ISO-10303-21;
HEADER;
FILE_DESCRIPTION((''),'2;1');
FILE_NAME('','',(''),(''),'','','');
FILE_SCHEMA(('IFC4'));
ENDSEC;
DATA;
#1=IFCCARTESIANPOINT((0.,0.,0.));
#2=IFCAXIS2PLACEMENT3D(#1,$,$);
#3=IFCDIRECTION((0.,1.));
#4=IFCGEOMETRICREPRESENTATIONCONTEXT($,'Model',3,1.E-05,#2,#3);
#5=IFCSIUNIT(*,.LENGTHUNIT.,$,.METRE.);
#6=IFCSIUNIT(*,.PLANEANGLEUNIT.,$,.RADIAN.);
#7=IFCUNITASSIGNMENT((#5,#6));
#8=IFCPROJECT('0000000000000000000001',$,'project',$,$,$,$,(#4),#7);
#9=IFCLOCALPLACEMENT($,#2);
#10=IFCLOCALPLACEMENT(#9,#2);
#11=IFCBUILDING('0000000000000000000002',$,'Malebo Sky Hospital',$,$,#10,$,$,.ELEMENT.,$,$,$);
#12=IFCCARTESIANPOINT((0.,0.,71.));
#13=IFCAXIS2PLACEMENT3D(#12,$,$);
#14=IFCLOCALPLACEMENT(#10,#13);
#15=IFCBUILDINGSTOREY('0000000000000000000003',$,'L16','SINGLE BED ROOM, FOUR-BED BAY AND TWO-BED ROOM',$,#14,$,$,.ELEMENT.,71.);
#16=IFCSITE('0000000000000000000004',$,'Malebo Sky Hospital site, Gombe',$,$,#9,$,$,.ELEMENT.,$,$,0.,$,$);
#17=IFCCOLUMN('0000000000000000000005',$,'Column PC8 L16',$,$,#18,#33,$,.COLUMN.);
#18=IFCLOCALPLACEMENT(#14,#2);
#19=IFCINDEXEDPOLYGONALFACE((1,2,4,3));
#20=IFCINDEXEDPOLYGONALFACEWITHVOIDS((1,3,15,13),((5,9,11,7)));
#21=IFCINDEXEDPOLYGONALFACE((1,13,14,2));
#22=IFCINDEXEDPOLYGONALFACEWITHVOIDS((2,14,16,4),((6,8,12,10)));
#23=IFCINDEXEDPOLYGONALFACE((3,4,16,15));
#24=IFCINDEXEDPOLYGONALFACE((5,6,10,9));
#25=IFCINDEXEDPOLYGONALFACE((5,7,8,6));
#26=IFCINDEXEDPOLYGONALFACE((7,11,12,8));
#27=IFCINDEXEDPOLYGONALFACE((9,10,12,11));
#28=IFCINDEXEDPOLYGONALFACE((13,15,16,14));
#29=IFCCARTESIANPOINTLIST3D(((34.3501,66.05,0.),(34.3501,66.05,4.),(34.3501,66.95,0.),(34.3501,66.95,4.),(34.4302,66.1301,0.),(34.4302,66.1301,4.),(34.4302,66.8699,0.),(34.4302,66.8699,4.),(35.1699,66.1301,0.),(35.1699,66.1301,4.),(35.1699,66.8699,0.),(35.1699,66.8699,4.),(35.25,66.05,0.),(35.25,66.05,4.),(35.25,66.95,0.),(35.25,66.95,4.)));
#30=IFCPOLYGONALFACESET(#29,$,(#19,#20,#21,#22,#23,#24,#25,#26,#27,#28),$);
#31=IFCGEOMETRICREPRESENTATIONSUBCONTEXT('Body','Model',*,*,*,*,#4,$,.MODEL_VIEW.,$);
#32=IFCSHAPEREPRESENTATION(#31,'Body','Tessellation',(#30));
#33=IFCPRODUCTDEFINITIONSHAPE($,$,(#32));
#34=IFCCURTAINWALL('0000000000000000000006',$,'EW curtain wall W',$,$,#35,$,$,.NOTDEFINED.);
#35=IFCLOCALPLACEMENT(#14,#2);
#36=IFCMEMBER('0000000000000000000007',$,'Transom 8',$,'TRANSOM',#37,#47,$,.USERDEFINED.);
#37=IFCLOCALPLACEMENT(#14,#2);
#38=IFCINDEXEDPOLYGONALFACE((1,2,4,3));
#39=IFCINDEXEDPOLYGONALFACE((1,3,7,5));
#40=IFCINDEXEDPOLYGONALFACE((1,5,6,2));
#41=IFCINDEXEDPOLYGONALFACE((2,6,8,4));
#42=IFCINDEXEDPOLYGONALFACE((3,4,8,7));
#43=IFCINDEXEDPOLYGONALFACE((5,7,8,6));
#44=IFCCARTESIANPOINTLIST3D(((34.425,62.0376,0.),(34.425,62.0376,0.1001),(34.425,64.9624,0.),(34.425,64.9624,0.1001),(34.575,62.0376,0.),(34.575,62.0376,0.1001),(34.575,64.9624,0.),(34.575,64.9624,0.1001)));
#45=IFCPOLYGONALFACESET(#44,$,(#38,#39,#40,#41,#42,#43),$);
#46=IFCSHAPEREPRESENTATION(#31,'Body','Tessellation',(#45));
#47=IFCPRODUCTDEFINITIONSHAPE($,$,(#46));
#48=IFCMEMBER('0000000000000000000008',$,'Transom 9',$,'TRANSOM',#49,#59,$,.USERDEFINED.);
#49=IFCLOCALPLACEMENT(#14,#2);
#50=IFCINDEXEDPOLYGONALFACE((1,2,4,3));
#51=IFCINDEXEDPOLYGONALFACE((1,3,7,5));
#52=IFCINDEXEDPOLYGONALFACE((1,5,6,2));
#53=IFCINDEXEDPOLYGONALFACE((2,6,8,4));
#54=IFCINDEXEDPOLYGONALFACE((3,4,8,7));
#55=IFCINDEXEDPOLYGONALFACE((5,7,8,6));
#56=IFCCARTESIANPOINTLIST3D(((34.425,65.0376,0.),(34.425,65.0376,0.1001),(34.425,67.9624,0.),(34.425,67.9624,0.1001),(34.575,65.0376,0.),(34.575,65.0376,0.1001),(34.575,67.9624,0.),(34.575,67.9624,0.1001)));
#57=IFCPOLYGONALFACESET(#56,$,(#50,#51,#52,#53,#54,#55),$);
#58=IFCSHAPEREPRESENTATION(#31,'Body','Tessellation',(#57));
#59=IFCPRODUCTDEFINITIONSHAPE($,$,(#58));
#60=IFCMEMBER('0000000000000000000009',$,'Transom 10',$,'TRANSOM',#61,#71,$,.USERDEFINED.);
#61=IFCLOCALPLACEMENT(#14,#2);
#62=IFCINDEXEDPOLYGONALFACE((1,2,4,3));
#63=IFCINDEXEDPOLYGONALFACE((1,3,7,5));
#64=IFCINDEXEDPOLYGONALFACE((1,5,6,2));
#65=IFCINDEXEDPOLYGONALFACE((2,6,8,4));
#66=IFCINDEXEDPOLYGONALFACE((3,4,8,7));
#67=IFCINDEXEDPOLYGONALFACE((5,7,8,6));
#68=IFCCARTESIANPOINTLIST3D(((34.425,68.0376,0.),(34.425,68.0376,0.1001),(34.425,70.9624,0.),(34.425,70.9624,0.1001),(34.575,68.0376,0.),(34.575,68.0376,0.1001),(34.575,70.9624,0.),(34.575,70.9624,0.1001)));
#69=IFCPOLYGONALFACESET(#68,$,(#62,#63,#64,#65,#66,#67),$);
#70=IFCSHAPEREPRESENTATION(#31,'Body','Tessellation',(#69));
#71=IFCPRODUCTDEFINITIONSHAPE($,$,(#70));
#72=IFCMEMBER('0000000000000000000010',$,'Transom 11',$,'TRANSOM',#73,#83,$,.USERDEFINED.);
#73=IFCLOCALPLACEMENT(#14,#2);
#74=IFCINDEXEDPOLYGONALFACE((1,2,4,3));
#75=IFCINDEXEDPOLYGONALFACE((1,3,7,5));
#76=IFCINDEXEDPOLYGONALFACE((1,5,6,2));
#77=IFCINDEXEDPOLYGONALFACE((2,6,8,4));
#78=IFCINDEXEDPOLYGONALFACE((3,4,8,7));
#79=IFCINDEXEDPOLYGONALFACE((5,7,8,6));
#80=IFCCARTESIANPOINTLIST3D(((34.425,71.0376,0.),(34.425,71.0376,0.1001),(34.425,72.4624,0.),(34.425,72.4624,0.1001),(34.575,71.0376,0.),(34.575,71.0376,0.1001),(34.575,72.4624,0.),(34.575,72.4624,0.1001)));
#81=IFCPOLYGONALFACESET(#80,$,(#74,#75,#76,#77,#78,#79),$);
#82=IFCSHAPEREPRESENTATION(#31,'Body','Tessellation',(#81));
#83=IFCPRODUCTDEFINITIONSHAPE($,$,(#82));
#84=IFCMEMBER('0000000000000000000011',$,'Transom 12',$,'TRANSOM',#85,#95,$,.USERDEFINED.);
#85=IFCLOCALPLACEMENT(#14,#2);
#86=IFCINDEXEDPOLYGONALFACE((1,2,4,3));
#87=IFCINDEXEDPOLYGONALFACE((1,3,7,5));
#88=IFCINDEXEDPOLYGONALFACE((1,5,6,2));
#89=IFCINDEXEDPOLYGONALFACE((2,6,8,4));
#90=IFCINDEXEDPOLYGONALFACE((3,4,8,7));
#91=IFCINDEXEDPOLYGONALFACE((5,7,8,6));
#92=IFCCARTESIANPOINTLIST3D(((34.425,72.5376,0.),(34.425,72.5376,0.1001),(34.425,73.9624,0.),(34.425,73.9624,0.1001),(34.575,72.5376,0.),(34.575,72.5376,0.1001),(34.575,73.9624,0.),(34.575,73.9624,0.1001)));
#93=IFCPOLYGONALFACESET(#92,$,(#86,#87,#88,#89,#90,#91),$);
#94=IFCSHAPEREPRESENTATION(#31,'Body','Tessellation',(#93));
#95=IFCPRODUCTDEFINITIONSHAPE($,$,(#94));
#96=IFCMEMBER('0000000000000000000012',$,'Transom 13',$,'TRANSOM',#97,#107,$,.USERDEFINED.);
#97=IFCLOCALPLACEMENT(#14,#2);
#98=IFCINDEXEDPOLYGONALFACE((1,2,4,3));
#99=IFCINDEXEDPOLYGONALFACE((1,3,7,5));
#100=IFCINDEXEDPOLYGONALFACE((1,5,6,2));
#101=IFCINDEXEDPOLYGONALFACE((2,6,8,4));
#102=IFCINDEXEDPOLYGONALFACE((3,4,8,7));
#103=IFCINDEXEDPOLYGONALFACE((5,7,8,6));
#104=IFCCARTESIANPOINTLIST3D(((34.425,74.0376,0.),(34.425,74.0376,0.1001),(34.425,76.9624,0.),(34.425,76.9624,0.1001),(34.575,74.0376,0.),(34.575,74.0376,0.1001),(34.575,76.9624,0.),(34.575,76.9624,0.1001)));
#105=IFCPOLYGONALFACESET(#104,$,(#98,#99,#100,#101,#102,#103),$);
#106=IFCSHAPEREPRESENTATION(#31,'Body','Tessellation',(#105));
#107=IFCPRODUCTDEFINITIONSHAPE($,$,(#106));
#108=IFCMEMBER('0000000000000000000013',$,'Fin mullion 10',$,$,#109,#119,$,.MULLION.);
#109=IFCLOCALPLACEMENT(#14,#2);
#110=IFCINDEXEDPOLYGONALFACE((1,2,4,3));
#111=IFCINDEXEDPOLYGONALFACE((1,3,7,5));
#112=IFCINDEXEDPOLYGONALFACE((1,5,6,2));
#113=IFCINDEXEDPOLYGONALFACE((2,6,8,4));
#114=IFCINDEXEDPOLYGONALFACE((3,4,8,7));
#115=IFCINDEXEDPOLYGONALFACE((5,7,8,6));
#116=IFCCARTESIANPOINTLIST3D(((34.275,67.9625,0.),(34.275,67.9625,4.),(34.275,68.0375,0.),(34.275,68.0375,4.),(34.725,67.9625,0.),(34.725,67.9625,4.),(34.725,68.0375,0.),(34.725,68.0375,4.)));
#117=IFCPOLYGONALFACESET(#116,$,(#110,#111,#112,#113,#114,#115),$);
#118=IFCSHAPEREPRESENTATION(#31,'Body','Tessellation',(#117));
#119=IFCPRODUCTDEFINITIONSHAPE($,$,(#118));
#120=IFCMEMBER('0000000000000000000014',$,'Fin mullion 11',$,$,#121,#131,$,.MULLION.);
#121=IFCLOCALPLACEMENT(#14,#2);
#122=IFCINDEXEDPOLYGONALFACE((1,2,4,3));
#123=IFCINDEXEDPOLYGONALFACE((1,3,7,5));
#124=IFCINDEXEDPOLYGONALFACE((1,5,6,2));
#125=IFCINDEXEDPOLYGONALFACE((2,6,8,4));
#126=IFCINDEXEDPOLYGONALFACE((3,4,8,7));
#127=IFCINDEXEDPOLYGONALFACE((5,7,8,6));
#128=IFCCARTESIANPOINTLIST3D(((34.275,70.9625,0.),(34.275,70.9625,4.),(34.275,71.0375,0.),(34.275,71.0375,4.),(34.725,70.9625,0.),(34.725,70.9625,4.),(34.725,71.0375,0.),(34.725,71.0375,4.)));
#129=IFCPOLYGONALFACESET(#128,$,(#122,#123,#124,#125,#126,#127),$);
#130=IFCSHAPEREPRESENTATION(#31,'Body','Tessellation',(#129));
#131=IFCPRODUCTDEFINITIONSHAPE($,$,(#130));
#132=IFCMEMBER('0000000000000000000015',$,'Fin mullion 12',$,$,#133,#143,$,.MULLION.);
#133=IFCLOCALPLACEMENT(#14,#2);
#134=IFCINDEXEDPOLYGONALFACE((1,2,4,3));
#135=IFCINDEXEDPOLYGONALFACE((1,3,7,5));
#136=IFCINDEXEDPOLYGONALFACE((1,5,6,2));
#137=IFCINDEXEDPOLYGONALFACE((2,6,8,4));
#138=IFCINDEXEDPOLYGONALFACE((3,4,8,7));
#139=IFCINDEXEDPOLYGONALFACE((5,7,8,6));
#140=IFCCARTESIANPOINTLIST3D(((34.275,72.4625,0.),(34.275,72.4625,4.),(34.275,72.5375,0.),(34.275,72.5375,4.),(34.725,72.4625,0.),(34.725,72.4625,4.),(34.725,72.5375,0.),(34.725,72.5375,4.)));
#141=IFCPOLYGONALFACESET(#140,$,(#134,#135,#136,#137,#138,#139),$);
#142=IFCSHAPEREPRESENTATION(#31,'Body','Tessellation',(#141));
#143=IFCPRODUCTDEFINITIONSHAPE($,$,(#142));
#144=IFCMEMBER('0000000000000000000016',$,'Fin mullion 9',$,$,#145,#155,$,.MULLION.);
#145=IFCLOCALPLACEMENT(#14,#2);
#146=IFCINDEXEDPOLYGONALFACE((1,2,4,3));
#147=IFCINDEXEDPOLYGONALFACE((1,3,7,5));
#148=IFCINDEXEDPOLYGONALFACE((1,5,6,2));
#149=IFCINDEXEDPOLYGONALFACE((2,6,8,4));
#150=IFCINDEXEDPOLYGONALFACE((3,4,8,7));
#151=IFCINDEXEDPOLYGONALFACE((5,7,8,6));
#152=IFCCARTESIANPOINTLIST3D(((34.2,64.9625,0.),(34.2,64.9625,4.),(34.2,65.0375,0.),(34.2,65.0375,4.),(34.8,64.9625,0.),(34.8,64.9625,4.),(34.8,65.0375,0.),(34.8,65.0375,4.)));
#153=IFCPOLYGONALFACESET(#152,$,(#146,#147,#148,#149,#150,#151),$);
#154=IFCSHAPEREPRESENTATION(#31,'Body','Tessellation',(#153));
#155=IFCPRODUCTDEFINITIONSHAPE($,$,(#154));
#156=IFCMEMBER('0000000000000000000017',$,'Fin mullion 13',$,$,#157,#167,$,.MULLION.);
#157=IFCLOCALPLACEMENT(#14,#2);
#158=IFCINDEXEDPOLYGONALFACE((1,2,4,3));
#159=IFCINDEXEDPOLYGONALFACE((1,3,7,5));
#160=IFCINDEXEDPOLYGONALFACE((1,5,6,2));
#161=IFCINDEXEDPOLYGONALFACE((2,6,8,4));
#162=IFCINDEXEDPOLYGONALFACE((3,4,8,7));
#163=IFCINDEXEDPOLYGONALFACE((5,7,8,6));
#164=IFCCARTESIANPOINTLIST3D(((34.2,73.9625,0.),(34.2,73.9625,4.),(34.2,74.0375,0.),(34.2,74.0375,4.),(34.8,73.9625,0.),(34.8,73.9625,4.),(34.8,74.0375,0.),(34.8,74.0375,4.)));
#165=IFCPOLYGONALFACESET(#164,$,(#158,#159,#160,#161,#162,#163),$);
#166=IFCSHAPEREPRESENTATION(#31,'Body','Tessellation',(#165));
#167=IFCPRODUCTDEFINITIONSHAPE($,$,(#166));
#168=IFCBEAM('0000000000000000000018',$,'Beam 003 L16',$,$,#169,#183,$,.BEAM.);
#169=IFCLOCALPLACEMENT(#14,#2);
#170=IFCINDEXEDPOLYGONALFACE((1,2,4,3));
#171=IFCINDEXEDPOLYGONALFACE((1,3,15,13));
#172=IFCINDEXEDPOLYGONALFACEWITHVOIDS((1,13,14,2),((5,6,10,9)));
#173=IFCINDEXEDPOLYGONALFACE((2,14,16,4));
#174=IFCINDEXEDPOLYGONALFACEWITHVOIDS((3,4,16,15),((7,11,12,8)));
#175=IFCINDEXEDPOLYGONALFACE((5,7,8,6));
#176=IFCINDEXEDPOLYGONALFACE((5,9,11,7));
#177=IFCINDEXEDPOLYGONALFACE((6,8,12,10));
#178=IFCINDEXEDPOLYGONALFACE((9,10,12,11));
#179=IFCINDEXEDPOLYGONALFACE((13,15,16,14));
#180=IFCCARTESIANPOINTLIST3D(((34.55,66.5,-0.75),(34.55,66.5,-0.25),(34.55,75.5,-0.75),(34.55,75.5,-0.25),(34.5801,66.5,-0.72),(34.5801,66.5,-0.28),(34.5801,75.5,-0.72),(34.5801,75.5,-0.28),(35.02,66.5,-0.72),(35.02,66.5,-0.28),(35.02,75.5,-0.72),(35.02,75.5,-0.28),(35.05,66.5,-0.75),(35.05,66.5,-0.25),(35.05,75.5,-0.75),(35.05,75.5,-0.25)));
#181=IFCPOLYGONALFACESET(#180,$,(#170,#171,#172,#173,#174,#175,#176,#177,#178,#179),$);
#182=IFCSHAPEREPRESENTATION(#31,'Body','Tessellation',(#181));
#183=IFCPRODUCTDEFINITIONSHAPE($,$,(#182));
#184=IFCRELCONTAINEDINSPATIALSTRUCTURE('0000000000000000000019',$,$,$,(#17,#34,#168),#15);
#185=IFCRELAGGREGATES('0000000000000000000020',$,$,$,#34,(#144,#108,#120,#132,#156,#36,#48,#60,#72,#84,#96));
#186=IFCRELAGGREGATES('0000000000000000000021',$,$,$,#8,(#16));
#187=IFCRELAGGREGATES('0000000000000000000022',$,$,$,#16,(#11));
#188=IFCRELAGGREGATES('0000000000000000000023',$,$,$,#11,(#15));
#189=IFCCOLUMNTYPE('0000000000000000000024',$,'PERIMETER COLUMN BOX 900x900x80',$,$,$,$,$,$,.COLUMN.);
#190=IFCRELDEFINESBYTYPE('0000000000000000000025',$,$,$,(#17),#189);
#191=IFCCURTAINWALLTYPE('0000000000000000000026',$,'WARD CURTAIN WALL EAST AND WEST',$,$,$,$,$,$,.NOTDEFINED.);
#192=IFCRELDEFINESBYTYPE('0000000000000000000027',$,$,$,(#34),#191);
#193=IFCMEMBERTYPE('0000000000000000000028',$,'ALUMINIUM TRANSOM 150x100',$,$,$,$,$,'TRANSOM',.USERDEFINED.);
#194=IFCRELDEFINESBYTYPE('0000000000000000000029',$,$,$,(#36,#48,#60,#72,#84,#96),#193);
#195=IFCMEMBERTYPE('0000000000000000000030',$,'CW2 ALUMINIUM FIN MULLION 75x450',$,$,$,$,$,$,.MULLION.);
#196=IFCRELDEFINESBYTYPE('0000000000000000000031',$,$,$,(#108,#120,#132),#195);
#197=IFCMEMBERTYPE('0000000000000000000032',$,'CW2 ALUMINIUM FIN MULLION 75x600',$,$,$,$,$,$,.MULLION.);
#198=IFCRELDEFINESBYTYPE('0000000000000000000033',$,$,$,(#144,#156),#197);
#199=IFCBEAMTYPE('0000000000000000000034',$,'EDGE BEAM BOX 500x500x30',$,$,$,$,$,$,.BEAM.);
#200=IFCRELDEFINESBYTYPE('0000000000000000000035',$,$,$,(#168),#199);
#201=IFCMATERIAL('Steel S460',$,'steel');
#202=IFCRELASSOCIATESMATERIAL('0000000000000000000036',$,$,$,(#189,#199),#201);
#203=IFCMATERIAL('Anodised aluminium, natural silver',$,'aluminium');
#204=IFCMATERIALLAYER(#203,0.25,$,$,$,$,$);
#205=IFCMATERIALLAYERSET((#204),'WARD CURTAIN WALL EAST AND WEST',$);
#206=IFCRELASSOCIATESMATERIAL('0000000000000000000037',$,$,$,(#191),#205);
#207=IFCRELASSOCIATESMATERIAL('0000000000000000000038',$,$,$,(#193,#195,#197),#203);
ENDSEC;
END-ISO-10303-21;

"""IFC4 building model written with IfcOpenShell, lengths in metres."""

from ifc_helpers import new_model, si_unit, direction, frame, origin, origin_2d, place, context, subcontext, project, spatial, rectangle, hollow_rectangle, extrude, material, layer, layer_set, material_profile, profile_set, type_object, element, aggregate, save


model = new_model("IFC4")

# Units and contexts
model_context = context("Model", 3, precision=1e-05, world=origin(), true_north=direction((0.0, 1.0)))
body_context = subcontext(model_context, "Body", "Model", "MODEL_VIEW")
ifc_project = project(units=[si_unit("LENGTHUNIT", "METRE"), si_unit("PLANEANGLEUNIT", "RADIAN")], contexts=[model_context])

# Site, building, storey
site_placement = place(None, origin())
site = spatial("IfcSite", under=ifc_project, at=site_placement, Name="Malebo Sky Hospital site, Gombe", CompositionType="ELEMENT", RefElevation=0.0)
building_placement = place(site_placement, origin())
building = spatial("IfcBuilding", under=site, at=building_placement, Name="Malebo Sky Hospital", CompositionType="ELEMENT")
storey_placement = place(building_placement, frame((0.0, 0.0, 71.0)))
storey = spatial("IfcBuildingStorey", under=building, at=storey_placement, Name="L16", Description="SINGLE BED ROOM, FOUR-BED BAY AND TWO-BED ROOM", CompositionType="ELEMENT", Elevation=71.0)

# Column
ifc_material_1 = material(Name="Steel S460", Category="steel")
ifc_material_profile_1 = material_profile(ifc_material_1, hollow_rectangle(XDim=0.8999, YDim=0.8999, WallThickness=0.0801, at=origin_2d()), Name="BOX 900x900x80")
ifc_profile_set_1 = profile_set([ifc_material_profile_1], Name="Steel S460")
column_type = type_object("IfcColumnType", Name="PERIMETER COLUMN BOX 900x900x80", PredefinedType="COLUMN", material=ifc_profile_set_1)
column_placement = place(storey_placement, frame((34.8, 66.5, 0.0), z_axis=(0.0, 0.0, 1.0), x_axis=(1.0, 0.0, 0.0)))
element("IfcColumn", 1, at=column_placement, inside=storey, type_object=column_type, Name="Column PC8 L16", PredefinedType="COLUMN", context=body_context, shape_type="SweptSolid", body=[
    extrude(hollow_rectangle(XDim=0.8999, YDim=0.8999, WallThickness=0.0801, at=origin_2d()), origin(), (0.0, 0.0, 1.0), 4.0),
])

# Curtain wall, members
ifc_material_2 = material(Name="Anodised aluminium, natural silver", Category="aluminium")
ifc_layer_1 = layer(ifc_material_2, 0.25)
ifc_layer_set_1 = layer_set([ifc_layer_1], Name="WARD CURTAIN WALL EAST AND WEST")
curtain_wall_type = type_object("IfcCurtainWallType", Name="WARD CURTAIN WALL EAST AND WEST", PredefinedType="NOTDEFINED", material=ifc_layer_set_1)
curtain_wall_placement = place(storey_placement, origin())
curtain_wall = element("IfcCurtainWall", 2, at=curtain_wall_placement, inside=storey, type_object=curtain_wall_type, Name="EW curtain wall W", PredefinedType="NOTDEFINED")
ifc_material_profile_2 = material_profile(ifc_material_2, rectangle(XDim=0.1499, YDim=0.1001, at=origin_2d()), Name="ALUMINIUM TRANSOM 150x100")
ifc_profile_set_2 = profile_set([ifc_material_profile_2], Name="Anodised aluminium, natural silver")
member_type_1 = type_object("IfcMemberType", Name="ALUMINIUM TRANSOM 150x100", ElementType="TRANSOM", PredefinedType="USERDEFINED", material=ifc_profile_set_2)
member_1_placement = place(storey_placement, frame((34.5, 62.0376, 0.05), z_axis=(0.0, 1.0, 0.0), x_axis=(-1.0, 0.0, 0.0)))
member_1 = element("IfcMember", 3, at=member_1_placement, type_object=member_type_1, Name="Transom 8", ObjectType="TRANSOM", PredefinedType="USERDEFINED", context=body_context, shape_type="SweptSolid", body=[
    extrude(rectangle(XDim=0.1499, YDim=0.1001, at=origin_2d()), origin(), (0.0, 0.0, 1.0), 2.9248),
])
member_2_placement = place(storey_placement, frame((34.5, 65.0376, 0.05), z_axis=(0.0, 1.0, 0.0), x_axis=(-1.0, 0.0, 0.0)))
member_2 = element("IfcMember", 4, at=member_2_placement, type_object=member_type_1, Name="Transom 9", ObjectType="TRANSOM", PredefinedType="USERDEFINED", context=body_context, shape_type="SweptSolid", body=[
    extrude(rectangle(XDim=0.1499, YDim=0.1001, at=origin_2d()), origin(), (0.0, 0.0, 1.0), 2.9248),
])
member_3_placement = place(storey_placement, frame((34.5, 68.0376, 0.05), z_axis=(0.0, 1.0, 0.0), x_axis=(-1.0, 0.0, 0.0)))
member_3 = element("IfcMember", 5, at=member_3_placement, type_object=member_type_1, Name="Transom 10", ObjectType="TRANSOM", PredefinedType="USERDEFINED", context=body_context, shape_type="SweptSolid", body=[
    extrude(rectangle(XDim=0.1499, YDim=0.1001, at=origin_2d()), origin(), (0.0, 0.0, 1.0), 2.9248),
])
member_4_placement = place(storey_placement, frame((34.5, 71.0376, 0.05), z_axis=(0.0, 1.0, 0.0), x_axis=(-1.0, 0.0, 0.0)))
member_4 = element("IfcMember", 6, at=member_4_placement, type_object=member_type_1, Name="Transom 11", ObjectType="TRANSOM", PredefinedType="USERDEFINED", context=body_context, shape_type="SweptSolid", body=[
    extrude(rectangle(XDim=0.1499, YDim=0.1001, at=origin_2d()), origin(), (0.0, 0.0, 1.0), 1.4248),
])
member_5_placement = place(storey_placement, frame((34.5, 72.5376, 0.05), z_axis=(0.0, 1.0, 0.0), x_axis=(-1.0, 0.0, 0.0)))
member_5 = element("IfcMember", 7, at=member_5_placement, type_object=member_type_1, Name="Transom 12", ObjectType="TRANSOM", PredefinedType="USERDEFINED", context=body_context, shape_type="SweptSolid", body=[
    extrude(rectangle(XDim=0.1499, YDim=0.1001, at=origin_2d()), origin(), (0.0, 0.0, 1.0), 1.4248),
])
member_6_placement = place(storey_placement, frame((34.5, 74.0376, 0.05), z_axis=(0.0, 1.0, 0.0), x_axis=(-1.0, 0.0, 0.0)))
member_6 = element("IfcMember", 8, at=member_6_placement, type_object=member_type_1, Name="Transom 13", ObjectType="TRANSOM", PredefinedType="USERDEFINED", context=body_context, shape_type="SweptSolid", body=[
    extrude(rectangle(XDim=0.1499, YDim=0.1001, at=origin_2d()), origin(), (0.0, 0.0, 1.0), 2.9248),
])
ifc_material_profile_3 = material_profile(ifc_material_2, rectangle(XDim=0.075, YDim=0.45, at=origin_2d()), Name="CW2 ALUMINIUM FIN MULLION 75x450")
ifc_profile_set_3 = profile_set([ifc_material_profile_3], Name="Anodised aluminium, natural silver")
member_type_2 = type_object("IfcMemberType", Name="CW2 ALUMINIUM FIN MULLION 75x450", PredefinedType="MULLION", material=ifc_profile_set_3)
member_7_placement = place(storey_placement, frame((34.5, 68.0, 0.0), z_axis=(0.0, 0.0, 1.0), x_axis=(0.0, 1.0, 0.0)))
member_7 = element("IfcMember", 9, at=member_7_placement, type_object=member_type_2, Name="Fin mullion 10", PredefinedType="MULLION", context=body_context, shape_type="SweptSolid", body=[
    extrude(rectangle(XDim=0.075, YDim=0.45, at=origin_2d()), origin(), (0.0, 0.0, 1.0), 4.0),
])
member_8_placement = place(storey_placement, frame((34.5, 71.0, 0.0), z_axis=(0.0, 0.0, 1.0), x_axis=(0.0, 1.0, 0.0)))
member_8 = element("IfcMember", 10, at=member_8_placement, type_object=member_type_2, Name="Fin mullion 11", PredefinedType="MULLION", context=body_context, shape_type="SweptSolid", body=[
    extrude(rectangle(XDim=0.075, YDim=0.45, at=origin_2d()), origin(), (0.0, 0.0, 1.0), 4.0),
])
member_9_placement = place(storey_placement, frame((34.5, 72.5, 0.0), z_axis=(0.0, 0.0, 1.0), x_axis=(0.0, 1.0, 0.0)))
member_9 = element("IfcMember", 11, at=member_9_placement, type_object=member_type_2, Name="Fin mullion 12", PredefinedType="MULLION", context=body_context, shape_type="SweptSolid", body=[
    extrude(rectangle(XDim=0.075, YDim=0.45, at=origin_2d()), origin(), (0.0, 0.0, 1.0), 4.0),
])
ifc_material_profile_4 = material_profile(ifc_material_2, rectangle(XDim=0.075, YDim=0.6001, at=origin_2d()), Name="CW2 ALUMINIUM FIN MULLION 75x600")
ifc_profile_set_4 = profile_set([ifc_material_profile_4], Name="Anodised aluminium, natural silver")
member_type_3 = type_object("IfcMemberType", Name="CW2 ALUMINIUM FIN MULLION 75x600", PredefinedType="MULLION", material=ifc_profile_set_4)
member_10_placement = place(storey_placement, frame((34.5, 65.0, 0.0), z_axis=(0.0, 0.0, 1.0), x_axis=(0.0, 1.0, 0.0)))
member_10 = element("IfcMember", 12, at=member_10_placement, type_object=member_type_3, Name="Fin mullion 9", PredefinedType="MULLION", context=body_context, shape_type="SweptSolid", body=[
    extrude(rectangle(XDim=0.075, YDim=0.6001, at=origin_2d()), origin(), (0.0, 0.0, 1.0), 4.0),
])
member_11_placement = place(storey_placement, frame((34.5, 74.0, 0.0), z_axis=(0.0, 0.0, 1.0), x_axis=(0.0, 1.0, 0.0)))
member_11 = element("IfcMember", 13, at=member_11_placement, type_object=member_type_3, Name="Fin mullion 13", PredefinedType="MULLION", context=body_context, shape_type="SweptSolid", body=[
    extrude(rectangle(XDim=0.075, YDim=0.6001, at=origin_2d()), origin(), (0.0, 0.0, 1.0), 4.0),
])

# Beam
ifc_material_profile_5 = material_profile(ifc_material_1, hollow_rectangle(XDim=0.5, YDim=0.5, WallThickness=0.03, at=origin_2d()), Name="BOX 500x500x30")
ifc_profile_set_5 = profile_set([ifc_material_profile_5], Name="Steel S460")
beam_type_1 = type_object("IfcBeamType", Name="EDGE BEAM BOX 500x500x30", PredefinedType="BEAM", material=ifc_profile_set_5)
beam_1_placement = place(storey_placement, frame((34.8, 66.5, -0.5), z_axis=(0.0, 1.0, 0.0), x_axis=(-1.0, 0.0, 0.0)))
element("IfcBeam", 14, at=beam_1_placement, inside=storey, type_object=beam_type_1, Name="Beam 003 L16", PredefinedType="BEAM", context=body_context, shape_type="SweptSolid", body=[
    extrude(hollow_rectangle(XDim=0.5, YDim=0.5, WallThickness=0.03, at=origin_2d()), origin(), (0.0, 0.0, 1.0), 9.0),
])

aggregate(curtain_wall, [member_10, member_7, member_8, member_9, member_11, member_1, member_2, member_3, member_4, member_5, member_6])

save(model, "model.ifc")
